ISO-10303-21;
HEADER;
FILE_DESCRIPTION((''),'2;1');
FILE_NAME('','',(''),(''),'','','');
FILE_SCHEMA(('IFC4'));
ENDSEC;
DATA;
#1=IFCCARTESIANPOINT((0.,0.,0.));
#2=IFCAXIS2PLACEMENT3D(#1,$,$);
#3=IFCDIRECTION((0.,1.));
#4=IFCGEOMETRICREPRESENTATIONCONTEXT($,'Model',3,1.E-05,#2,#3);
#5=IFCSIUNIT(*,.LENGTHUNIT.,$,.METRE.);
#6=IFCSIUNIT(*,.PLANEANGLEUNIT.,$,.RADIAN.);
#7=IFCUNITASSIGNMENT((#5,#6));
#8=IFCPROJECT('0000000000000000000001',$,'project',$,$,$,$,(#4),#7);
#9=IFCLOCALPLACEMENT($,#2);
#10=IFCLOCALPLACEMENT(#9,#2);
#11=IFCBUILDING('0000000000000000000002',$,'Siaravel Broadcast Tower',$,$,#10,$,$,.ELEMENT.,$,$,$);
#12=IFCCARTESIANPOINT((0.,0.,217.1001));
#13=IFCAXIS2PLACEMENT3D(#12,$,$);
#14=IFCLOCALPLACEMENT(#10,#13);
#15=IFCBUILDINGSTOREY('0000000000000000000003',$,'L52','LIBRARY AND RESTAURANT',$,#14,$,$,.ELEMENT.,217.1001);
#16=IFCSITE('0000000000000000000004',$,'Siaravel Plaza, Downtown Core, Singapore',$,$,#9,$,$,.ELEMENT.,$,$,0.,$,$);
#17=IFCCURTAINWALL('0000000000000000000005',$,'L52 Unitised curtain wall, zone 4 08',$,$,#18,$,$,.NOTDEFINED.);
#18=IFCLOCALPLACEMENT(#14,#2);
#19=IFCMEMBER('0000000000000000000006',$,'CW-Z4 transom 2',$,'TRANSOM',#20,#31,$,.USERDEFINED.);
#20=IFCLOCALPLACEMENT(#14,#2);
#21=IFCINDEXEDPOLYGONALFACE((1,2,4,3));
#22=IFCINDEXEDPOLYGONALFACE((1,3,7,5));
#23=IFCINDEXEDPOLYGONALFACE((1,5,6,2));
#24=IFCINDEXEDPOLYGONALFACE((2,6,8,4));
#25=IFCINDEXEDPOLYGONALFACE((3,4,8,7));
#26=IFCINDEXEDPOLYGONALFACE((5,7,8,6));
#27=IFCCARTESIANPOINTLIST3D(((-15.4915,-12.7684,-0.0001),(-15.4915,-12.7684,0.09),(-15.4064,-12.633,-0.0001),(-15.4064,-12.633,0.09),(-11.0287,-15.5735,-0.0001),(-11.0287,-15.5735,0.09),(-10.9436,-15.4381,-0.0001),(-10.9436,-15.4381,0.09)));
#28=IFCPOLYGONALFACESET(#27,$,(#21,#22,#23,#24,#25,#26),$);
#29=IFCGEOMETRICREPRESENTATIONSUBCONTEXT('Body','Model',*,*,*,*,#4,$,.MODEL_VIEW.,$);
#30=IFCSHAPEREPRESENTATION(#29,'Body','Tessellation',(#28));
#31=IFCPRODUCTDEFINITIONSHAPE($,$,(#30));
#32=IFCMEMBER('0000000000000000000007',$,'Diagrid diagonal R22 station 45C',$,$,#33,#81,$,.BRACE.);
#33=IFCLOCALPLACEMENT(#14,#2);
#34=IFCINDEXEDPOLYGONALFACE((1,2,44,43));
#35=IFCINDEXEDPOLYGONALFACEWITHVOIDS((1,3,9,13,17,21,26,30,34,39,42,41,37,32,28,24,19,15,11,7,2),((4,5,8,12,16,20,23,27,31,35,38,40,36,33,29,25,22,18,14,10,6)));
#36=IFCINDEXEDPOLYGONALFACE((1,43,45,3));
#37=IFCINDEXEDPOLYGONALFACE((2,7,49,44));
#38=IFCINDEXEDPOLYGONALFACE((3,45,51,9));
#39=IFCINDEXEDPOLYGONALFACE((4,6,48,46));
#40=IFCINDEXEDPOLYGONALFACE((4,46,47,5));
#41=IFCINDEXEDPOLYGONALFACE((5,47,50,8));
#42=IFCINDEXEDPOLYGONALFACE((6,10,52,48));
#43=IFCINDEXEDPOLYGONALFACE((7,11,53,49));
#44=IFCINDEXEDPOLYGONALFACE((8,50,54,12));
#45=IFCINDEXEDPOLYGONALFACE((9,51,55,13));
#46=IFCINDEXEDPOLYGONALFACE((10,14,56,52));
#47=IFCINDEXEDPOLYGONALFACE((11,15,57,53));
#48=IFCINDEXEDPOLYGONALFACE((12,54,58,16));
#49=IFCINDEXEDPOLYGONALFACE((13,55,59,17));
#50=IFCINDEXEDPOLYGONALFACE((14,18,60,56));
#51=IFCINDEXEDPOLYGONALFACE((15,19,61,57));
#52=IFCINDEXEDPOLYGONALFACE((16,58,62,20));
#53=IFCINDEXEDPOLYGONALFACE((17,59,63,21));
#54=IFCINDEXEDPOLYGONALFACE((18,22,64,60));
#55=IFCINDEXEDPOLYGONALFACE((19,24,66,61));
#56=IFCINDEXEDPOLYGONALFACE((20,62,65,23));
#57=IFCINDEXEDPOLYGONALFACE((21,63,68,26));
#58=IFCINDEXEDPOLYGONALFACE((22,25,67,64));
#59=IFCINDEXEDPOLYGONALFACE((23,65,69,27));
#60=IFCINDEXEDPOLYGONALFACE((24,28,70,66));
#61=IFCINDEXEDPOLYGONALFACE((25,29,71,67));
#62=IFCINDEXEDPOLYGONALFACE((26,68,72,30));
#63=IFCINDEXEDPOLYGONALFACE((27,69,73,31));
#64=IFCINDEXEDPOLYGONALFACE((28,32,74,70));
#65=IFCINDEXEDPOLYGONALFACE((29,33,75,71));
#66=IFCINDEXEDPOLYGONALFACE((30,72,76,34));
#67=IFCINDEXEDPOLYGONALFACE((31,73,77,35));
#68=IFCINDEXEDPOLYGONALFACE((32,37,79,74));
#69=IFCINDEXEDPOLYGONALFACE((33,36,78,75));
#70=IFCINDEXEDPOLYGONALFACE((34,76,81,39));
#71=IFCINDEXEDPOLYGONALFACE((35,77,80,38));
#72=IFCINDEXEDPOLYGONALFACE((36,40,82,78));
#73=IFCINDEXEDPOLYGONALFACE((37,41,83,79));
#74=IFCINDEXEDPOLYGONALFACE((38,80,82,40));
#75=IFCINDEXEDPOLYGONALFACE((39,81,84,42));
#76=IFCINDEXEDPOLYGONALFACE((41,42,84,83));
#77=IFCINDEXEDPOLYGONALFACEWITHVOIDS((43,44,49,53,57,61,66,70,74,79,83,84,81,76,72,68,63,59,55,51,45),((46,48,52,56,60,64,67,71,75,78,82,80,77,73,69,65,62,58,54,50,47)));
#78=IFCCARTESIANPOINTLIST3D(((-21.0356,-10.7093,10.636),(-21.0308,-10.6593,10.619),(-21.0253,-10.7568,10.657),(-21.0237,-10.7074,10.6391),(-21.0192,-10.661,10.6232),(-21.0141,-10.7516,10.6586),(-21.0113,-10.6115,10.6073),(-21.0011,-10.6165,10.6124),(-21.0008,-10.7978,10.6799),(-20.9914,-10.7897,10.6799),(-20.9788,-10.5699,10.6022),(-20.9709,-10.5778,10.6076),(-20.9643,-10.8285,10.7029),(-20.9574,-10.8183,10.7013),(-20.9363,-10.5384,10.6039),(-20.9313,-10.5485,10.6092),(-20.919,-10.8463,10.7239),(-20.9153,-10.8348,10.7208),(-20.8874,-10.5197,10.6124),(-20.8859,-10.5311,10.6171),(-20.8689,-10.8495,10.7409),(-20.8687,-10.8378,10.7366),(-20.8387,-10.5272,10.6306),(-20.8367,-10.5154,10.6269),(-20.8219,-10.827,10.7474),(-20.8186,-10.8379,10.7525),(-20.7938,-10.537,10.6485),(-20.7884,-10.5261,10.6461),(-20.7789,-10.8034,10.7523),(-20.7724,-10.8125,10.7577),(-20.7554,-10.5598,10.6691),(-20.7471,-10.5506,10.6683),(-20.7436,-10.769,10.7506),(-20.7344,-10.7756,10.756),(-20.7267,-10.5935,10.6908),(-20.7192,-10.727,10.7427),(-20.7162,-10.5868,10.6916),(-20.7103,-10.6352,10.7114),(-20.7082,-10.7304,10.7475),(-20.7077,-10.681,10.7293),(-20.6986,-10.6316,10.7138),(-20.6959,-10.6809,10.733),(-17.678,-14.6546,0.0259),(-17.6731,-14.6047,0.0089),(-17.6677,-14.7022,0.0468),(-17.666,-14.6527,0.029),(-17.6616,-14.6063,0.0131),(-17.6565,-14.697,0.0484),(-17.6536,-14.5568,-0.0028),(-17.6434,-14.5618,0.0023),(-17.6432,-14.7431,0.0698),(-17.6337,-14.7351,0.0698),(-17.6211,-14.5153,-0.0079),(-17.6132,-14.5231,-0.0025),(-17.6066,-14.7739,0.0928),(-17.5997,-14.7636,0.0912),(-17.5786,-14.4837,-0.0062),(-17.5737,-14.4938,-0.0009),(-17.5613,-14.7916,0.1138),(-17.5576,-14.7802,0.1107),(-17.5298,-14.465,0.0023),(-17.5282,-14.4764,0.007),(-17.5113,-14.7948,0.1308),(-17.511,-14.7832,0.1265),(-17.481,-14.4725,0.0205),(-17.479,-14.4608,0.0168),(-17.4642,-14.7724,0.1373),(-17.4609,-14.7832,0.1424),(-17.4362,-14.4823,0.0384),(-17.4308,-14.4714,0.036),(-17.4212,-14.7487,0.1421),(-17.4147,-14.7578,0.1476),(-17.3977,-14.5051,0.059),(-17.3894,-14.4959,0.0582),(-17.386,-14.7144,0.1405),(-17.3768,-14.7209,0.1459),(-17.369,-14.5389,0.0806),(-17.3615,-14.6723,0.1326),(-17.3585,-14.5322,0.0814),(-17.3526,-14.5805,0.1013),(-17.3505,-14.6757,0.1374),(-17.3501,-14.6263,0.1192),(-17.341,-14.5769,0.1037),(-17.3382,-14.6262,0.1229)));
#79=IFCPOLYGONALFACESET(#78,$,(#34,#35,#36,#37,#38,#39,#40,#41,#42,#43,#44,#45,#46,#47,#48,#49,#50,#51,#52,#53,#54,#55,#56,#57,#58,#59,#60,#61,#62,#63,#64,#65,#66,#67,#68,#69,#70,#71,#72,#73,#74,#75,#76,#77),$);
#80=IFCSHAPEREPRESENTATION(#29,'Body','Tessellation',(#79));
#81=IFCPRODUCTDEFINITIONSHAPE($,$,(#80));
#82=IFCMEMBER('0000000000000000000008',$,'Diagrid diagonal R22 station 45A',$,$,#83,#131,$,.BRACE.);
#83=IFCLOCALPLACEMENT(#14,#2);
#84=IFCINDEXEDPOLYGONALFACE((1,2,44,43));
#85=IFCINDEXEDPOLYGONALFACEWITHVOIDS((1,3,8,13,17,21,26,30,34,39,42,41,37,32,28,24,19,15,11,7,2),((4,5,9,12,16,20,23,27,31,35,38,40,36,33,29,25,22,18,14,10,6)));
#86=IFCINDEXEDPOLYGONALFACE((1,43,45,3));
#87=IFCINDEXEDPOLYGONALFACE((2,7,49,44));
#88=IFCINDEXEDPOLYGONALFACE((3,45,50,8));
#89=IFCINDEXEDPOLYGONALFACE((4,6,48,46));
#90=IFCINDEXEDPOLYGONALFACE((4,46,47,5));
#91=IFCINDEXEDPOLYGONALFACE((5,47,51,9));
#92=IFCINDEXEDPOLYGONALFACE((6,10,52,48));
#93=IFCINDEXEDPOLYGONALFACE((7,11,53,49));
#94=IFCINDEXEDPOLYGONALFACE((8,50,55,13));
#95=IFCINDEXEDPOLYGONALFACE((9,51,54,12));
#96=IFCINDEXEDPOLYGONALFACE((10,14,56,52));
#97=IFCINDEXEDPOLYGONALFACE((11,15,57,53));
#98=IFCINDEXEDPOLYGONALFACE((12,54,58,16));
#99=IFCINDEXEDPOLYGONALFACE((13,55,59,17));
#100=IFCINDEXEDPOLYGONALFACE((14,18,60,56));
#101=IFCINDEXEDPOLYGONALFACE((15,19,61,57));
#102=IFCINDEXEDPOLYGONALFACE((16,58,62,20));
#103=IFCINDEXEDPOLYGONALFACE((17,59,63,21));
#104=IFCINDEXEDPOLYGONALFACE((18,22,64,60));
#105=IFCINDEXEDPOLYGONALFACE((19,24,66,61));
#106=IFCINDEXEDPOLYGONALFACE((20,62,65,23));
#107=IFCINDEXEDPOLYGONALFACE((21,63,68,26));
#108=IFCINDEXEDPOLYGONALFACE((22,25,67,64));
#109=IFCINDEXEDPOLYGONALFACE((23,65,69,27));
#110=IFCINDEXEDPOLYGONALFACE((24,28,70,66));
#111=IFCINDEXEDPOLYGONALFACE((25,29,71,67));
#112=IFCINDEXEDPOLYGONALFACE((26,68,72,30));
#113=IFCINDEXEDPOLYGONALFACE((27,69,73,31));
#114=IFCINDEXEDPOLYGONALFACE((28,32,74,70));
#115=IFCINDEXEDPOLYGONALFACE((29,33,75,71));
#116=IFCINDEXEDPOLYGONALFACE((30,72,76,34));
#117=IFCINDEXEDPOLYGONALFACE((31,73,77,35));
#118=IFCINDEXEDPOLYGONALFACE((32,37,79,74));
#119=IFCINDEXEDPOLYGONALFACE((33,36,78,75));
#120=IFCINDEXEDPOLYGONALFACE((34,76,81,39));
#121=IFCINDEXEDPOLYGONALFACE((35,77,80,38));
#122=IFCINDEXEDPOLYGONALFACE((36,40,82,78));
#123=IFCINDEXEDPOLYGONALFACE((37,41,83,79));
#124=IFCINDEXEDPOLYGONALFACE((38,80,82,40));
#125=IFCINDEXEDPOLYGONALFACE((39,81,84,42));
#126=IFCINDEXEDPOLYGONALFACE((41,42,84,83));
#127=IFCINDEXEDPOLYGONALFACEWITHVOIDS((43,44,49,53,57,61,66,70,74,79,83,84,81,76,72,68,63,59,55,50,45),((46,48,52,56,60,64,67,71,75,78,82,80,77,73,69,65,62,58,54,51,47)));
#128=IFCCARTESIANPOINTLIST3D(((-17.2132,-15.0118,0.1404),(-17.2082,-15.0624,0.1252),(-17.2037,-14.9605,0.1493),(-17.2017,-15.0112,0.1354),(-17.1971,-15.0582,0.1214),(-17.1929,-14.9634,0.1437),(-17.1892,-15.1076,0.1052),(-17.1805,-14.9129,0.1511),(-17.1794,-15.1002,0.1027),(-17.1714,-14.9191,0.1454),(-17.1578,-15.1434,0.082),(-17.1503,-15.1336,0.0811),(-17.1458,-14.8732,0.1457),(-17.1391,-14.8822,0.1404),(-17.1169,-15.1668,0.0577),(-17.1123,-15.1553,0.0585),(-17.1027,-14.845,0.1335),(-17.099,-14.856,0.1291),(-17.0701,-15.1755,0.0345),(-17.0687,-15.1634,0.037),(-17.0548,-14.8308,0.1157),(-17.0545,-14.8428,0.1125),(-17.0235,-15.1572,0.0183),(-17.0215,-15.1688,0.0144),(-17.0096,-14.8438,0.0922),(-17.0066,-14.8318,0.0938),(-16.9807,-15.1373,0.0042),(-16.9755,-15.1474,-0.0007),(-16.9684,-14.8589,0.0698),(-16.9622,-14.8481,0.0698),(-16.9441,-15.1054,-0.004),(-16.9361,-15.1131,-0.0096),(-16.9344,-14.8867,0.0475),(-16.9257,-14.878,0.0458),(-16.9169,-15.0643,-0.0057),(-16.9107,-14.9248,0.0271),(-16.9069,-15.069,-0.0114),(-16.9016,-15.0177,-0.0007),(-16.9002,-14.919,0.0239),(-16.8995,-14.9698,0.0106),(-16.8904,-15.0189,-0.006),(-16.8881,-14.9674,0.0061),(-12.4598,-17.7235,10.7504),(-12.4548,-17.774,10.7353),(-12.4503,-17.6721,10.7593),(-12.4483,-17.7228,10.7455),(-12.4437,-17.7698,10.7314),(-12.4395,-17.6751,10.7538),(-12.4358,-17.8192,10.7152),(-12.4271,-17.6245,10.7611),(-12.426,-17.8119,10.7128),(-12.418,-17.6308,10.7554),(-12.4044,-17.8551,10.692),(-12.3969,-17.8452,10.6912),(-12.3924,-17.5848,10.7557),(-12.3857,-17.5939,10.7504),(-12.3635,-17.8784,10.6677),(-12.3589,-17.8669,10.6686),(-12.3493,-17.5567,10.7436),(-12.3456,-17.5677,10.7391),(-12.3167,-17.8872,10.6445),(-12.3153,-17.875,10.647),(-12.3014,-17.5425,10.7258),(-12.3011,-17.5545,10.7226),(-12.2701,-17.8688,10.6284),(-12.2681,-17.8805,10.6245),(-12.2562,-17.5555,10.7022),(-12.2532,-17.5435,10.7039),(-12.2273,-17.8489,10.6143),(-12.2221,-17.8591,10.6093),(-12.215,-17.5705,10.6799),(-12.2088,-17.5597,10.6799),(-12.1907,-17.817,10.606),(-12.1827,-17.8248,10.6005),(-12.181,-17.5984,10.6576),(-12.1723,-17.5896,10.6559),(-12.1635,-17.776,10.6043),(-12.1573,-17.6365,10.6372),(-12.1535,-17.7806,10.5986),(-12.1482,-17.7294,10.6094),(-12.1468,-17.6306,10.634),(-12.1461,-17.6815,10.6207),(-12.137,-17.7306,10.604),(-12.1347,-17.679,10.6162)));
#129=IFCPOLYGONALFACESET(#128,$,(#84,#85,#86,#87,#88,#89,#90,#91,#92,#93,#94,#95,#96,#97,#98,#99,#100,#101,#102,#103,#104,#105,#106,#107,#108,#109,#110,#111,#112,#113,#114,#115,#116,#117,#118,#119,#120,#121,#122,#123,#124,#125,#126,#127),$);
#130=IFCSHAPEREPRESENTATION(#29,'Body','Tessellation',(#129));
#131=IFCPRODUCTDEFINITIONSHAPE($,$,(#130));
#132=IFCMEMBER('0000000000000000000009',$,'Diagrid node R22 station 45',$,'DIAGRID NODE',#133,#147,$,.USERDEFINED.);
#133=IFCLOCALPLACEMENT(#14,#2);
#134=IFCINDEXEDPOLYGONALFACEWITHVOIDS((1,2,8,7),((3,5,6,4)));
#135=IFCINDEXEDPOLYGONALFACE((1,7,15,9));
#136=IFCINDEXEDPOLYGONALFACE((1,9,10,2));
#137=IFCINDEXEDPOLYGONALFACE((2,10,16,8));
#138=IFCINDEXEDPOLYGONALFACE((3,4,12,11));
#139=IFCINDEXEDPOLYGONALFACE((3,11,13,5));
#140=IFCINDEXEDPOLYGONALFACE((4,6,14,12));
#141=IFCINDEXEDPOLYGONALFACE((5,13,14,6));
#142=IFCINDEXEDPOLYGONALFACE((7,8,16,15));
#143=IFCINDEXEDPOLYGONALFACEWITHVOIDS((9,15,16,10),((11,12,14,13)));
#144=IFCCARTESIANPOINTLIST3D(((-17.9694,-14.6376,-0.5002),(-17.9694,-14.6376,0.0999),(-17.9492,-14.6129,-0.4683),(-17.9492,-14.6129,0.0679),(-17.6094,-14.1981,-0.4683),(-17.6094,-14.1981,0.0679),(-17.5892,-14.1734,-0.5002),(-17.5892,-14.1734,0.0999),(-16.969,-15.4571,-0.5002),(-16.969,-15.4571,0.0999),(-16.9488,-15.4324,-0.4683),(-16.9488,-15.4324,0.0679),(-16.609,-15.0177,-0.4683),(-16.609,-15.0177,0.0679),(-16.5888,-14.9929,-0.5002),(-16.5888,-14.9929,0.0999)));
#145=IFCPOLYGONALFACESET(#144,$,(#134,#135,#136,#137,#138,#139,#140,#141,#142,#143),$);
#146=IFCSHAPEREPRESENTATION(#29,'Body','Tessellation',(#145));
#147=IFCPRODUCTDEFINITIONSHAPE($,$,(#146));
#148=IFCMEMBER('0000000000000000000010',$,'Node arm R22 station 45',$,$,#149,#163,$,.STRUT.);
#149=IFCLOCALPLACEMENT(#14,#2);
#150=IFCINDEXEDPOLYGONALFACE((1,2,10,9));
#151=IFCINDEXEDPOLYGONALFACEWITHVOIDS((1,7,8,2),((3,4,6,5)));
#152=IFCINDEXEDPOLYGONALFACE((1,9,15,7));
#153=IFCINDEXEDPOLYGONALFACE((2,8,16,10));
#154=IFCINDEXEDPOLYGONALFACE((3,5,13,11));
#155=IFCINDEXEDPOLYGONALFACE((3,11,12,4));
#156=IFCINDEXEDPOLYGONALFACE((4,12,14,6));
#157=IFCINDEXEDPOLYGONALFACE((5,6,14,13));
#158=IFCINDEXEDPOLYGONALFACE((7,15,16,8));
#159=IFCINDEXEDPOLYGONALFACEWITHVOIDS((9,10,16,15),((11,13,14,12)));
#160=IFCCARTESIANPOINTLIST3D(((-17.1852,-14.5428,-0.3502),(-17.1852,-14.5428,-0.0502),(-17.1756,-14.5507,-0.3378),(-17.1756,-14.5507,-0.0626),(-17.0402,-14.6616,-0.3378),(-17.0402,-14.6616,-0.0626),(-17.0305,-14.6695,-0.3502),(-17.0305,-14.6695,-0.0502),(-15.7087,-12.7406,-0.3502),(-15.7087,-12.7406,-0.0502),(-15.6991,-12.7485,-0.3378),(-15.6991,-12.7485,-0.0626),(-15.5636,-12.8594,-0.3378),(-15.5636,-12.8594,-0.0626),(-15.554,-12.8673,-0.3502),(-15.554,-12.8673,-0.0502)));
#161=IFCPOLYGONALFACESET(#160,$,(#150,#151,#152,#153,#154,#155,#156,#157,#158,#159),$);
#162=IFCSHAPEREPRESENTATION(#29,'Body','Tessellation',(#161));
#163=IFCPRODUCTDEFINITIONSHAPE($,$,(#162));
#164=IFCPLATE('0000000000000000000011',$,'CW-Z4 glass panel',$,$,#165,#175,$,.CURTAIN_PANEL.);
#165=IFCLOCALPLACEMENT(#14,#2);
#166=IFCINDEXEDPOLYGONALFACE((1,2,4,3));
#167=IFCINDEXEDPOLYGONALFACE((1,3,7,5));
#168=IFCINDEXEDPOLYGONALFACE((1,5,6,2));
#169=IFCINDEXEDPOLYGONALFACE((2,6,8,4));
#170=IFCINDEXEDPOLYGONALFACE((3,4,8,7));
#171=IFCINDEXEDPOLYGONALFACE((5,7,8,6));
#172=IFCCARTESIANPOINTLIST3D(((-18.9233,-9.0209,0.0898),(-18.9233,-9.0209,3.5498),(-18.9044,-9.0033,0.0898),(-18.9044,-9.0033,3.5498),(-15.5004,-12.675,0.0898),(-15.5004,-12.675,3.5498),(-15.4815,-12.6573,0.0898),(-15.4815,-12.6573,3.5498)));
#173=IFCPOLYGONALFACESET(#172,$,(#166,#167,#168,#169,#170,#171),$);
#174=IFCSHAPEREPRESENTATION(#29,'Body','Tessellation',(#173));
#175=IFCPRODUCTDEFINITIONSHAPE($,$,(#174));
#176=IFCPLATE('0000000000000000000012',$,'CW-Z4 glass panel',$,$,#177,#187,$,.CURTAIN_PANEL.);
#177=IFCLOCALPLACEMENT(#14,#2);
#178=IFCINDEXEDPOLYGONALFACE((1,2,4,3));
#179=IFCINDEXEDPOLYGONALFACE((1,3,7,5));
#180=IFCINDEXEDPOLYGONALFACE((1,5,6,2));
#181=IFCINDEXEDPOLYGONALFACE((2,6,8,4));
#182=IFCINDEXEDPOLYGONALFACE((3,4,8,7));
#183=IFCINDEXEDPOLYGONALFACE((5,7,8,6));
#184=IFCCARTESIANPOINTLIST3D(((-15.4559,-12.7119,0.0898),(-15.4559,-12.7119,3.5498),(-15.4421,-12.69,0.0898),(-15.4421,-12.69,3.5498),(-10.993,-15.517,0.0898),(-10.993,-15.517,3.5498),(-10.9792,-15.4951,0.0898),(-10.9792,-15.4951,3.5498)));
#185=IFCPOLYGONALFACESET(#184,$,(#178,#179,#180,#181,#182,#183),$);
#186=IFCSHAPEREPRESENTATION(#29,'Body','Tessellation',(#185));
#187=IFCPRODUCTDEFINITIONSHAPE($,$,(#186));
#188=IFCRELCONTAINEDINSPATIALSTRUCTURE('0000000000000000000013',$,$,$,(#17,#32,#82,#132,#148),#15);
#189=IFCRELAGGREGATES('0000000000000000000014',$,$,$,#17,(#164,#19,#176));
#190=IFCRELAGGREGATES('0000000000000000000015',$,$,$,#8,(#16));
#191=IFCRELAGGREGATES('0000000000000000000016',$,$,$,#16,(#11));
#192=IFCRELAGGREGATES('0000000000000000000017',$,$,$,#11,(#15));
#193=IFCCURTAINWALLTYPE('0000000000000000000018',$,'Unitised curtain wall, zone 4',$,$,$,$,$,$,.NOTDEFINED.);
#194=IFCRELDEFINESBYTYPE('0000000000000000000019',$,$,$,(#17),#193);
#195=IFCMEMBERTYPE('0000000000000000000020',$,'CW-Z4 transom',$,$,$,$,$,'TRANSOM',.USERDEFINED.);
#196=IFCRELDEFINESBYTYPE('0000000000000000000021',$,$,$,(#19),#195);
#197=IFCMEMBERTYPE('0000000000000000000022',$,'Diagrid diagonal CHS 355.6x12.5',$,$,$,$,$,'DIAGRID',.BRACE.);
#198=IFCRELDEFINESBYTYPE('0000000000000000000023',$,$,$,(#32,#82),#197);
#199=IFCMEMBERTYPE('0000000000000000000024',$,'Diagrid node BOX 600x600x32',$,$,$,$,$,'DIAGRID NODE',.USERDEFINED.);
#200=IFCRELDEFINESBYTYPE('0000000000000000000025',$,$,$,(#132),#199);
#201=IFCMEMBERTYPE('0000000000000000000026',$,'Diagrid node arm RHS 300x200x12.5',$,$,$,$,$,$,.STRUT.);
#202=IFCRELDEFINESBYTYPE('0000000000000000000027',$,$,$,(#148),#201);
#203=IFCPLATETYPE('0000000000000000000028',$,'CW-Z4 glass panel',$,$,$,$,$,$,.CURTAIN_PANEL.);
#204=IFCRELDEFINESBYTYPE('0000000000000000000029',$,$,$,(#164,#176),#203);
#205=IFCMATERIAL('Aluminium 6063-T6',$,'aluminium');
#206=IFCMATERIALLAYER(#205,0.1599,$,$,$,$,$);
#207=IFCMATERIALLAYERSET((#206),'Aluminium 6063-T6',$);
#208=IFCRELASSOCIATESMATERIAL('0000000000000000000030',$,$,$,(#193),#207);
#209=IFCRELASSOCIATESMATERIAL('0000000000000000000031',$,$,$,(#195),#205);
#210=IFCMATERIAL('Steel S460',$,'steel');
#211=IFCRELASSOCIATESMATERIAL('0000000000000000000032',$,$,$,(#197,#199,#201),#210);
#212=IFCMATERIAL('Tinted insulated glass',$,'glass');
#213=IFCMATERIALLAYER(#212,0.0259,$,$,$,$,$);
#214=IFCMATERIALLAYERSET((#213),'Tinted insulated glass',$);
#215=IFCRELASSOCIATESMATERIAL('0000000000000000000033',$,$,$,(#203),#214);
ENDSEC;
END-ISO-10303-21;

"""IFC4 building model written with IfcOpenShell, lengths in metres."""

from ifc_helpers import new_model, si_unit, direction, frame, origin, origin_2d, place, context, subcontext, project, spatial, rectangle, hollow_rectangle, hollow_circle, extrude, material, layer, layer_set, material_profile, profile_set, type_object, element, aggregate, save


model = new_model("IFC4")

# Units and contexts
model_context = context("Model", 3, precision=1e-05, world=origin(), true_north=direction((0.0, 1.0)))
body_context = subcontext(model_context, "Body", "Model", "MODEL_VIEW")
ifc_project = project(units=[si_unit("LENGTHUNIT", "METRE"), si_unit("PLANEANGLEUNIT", "RADIAN")], contexts=[model_context])

# Site, building, storey
site_placement = place(None, origin())
site = spatial("IfcSite", under=ifc_project, at=site_placement, Name="Siaravel Plaza, Downtown Core, Singapore", CompositionType="ELEMENT", RefElevation=0.0)
building_placement = place(site_placement, origin())
building = spatial("IfcBuilding", under=site, at=building_placement, Name="Siaravel Broadcast Tower", CompositionType="ELEMENT")
storey_placement = place(building_placement, frame((0.0, 0.0, 217.1001)))
storey = spatial("IfcBuildingStorey", under=building, at=storey_placement, Name="L52", Description="LIBRARY AND RESTAURANT", CompositionType="ELEMENT", Elevation=217.1001)

# Shared definitions
ifc_material_1 = material(Name="Aluminium 6063-T6", Category="aluminium")
ifc_layer_1 = layer(ifc_material_1, 0.1599)
ifc_layer_set_1 = layer_set([ifc_layer_1], Name="Aluminium 6063-T6")
curtain_wall_type = type_object("IfcCurtainWallType", Name="Unitised curtain wall, zone 4", PredefinedType="NOTDEFINED", material=ifc_layer_set_1)

# Curtain wall, member
curtain_wall_1_placement = place(storey_placement, origin())
curtain_wall_1 = element("IfcCurtainWall", 1, at=curtain_wall_1_placement, inside=storey, type_object=curtain_wall_type, Name="L52 Unitised curtain wall, zone 4 08", PredefinedType="NOTDEFINED")
ifc_material_profile_1 = material_profile(ifc_material_1, rectangle(XDim=0.1599, YDim=0.0901, at=origin_2d()))
ifc_profile_set_1 = profile_set([ifc_material_profile_1], Name="Aluminium 6063-T6")
member_type_1 = type_object("IfcMemberType", Name="CW-Z4 transom", ElementType="TRANSOM", PredefinedType="USERDEFINED", material=ifc_profile_set_1)
member_1_placement = place(storey_placement, frame((-15.449, -12.7007, 0.0449), z_axis=(0.846643, -0.532162, 0.0), x_axis=(0.532162, 0.846643, 0.0)))
member_1 = element("IfcMember", 2, at=member_1_placement, type_object=member_type_1, Name="CW-Z4 transom 2", ObjectType="TRANSOM", PredefinedType="USERDEFINED", context=body_context, shape_type="SweptSolid", body=[
    extrude(rectangle(XDim=0.1599, YDim=0.0901, at=origin_2d()), origin(), (0.0, 0.0, 1.0), 5.2712),
])

# Members
ifc_material_2 = material(Name="Steel S460", Category="steel")
ifc_material_profile_2 = material_profile(ifc_material_2, hollow_circle(Radius=0.1777, WallThickness=0.0125, at=origin_2d()))
ifc_profile_set_2 = profile_set([ifc_material_profile_2], Name="Steel S460")
member_type_2 = type_object("IfcMemberType", Name="Diagrid diagonal CHS 355.6x12.5", ElementType="DIAGRID", PredefinedType="BRACE", material=ifc_profile_set_2)
member_2_placement = place(storey_placement, frame((-17.5078, -14.6279, 0.0698), z_axis=(-0.284371, 0.33414, 0.898601), x_axis=(-0.761544, -0.648113, 0.0)))
element("IfcMember", 3, at=member_2_placement, inside=storey, type_object=member_type_2, Name="Diagrid diagonal R22 station 45C", PredefinedType="BRACE", context=body_context, shape_type="SweptSolid", body=[
    extrude(hollow_circle(Radius=0.1777, WallThickness=0.0125, at=origin_2d()), origin(), (0.0, 0.0, 1.0), 11.8074),
])
member_3_placement = place(storey_placement, frame((-17.0503, -15.0024, 0.0698), z_axis=(0.398166, -0.227141, 0.888747), x_axis=(0.495509, 0.868603, 0.0)))
element("IfcMember", 4, at=member_3_placement, inside=storey, type_object=member_type_2, Name="Diagrid diagonal R22 station 45A", PredefinedType="BRACE", context=body_context, shape_type="SweptSolid", body=[
    extrude(hollow_circle(Radius=0.1777, WallThickness=0.0125, at=origin_2d()), origin(), (0.0, 0.0, 1.0), 11.9382),
])
ifc_material_profile_3 = material_profile(ifc_material_2, hollow_rectangle(XDim=0.6001, YDim=0.6001, WallThickness=0.032, at=origin_2d()))
ifc_profile_set_3 = profile_set([ifc_material_profile_3], Name="Steel S460")
member_type_3 = type_object("IfcMemberType", Name="Diagrid node BOX 600x600x32", ElementType="DIAGRID NODE", PredefinedType="USERDEFINED", material=ifc_profile_set_3)
member_4_placement = place(storey_placement, frame((-17.7793, -14.4055, -0.2002), z_axis=(0.773579, -0.6337, 0.0), x_axis=(0.6337, 0.773579, 0.0)))
element("IfcMember", 5, at=member_4_placement, inside=storey, type_object=member_type_3, Name="Diagrid node R22 station 45", ObjectType="DIAGRID NODE", PredefinedType="USERDEFINED", context=body_context, shape_type="SweptSolid", body=[
    extrude(hollow_rectangle(XDim=0.6001, YDim=0.6001, WallThickness=0.032, at=origin_2d()), origin(), (0.0, 0.0, 1.0), 1.2932),
])
ifc_material_profile_4 = material_profile(ifc_material_2, hollow_rectangle(XDim=0.2, YDim=0.3, WallThickness=0.0125, at=origin_2d()))
ifc_profile_set_4 = profile_set([ifc_material_profile_4], Name="Steel S460")
member_type_4 = type_object("IfcMemberType", Name="Diagrid node arm RHS 300x200x12.5", PredefinedType="STRUT", material=ifc_profile_set_4)
member_5_placement = place(storey_placement, frame((-15.6313, -12.804, -0.2002), z_axis=(-0.633751, -0.773537, 0.0), x_axis=(0.773537, -0.633751, 0.0)))
element("IfcMember", 6, at=member_5_placement, inside=storey, type_object=member_type_4, Name="Node arm R22 station 45", PredefinedType="STRUT", context=body_context, shape_type="SweptSolid", body=[
    extrude(hollow_rectangle(XDim=0.2, YDim=0.3, WallThickness=0.0125, at=origin_2d()), origin(), (0.0, 0.0, 1.0), 2.3298),
])

# Plates
ifc_material_3 = material(Name="Tinted insulated glass", Category="glass")
ifc_layer_2 = layer(ifc_material_3, 0.0259)
ifc_layer_set_2 = layer_set([ifc_layer_2], Name="Tinted insulated glass")
plate_type = type_object("IfcPlateType", Name="CW-Z4 glass panel", PredefinedType="CURTAIN_PANEL", material=ifc_layer_set_2)
plate_1_placement = place(storey_placement, frame((-17.2024, -10.8391, 0.0898), z_axis=(0.0, 0.0, 1.0), x_axis=(0.683654, -0.729806, 0.0)))
plate_1 = element("IfcPlate", 7, at=plate_1_placement, type_object=plate_type, Name="CW-Z4 glass panel", PredefinedType="CURTAIN_PANEL", context=body_context, shape_type="SweptSolid", body=[
    extrude(rectangle(XDim=5.0068, YDim=0.0259, at=origin_2d()), origin(), (0.0, 0.0, 1.0), 3.46),
])
plate_2_placement = place(storey_placement, frame((-13.2175, -14.1035, 0.0898), z_axis=(0.0, 0.0, 1.0), x_axis=(0.84665, -0.53215, 0.0)))
plate_2 = element("IfcPlate", 8, at=plate_2_placement, type_object=plate_type, Name="CW-Z4 glass panel", PredefinedType="CURTAIN_PANEL", context=body_context, shape_type="SweptSolid", body=[
    extrude(rectangle(XDim=5.2712, YDim=0.0259, at=origin_2d()), origin(), (0.0, 0.0, 1.0), 3.46),
])
aggregate(curtain_wall_1, [plate_1, member_1, plate_2])

save(model, "model.ifc")
